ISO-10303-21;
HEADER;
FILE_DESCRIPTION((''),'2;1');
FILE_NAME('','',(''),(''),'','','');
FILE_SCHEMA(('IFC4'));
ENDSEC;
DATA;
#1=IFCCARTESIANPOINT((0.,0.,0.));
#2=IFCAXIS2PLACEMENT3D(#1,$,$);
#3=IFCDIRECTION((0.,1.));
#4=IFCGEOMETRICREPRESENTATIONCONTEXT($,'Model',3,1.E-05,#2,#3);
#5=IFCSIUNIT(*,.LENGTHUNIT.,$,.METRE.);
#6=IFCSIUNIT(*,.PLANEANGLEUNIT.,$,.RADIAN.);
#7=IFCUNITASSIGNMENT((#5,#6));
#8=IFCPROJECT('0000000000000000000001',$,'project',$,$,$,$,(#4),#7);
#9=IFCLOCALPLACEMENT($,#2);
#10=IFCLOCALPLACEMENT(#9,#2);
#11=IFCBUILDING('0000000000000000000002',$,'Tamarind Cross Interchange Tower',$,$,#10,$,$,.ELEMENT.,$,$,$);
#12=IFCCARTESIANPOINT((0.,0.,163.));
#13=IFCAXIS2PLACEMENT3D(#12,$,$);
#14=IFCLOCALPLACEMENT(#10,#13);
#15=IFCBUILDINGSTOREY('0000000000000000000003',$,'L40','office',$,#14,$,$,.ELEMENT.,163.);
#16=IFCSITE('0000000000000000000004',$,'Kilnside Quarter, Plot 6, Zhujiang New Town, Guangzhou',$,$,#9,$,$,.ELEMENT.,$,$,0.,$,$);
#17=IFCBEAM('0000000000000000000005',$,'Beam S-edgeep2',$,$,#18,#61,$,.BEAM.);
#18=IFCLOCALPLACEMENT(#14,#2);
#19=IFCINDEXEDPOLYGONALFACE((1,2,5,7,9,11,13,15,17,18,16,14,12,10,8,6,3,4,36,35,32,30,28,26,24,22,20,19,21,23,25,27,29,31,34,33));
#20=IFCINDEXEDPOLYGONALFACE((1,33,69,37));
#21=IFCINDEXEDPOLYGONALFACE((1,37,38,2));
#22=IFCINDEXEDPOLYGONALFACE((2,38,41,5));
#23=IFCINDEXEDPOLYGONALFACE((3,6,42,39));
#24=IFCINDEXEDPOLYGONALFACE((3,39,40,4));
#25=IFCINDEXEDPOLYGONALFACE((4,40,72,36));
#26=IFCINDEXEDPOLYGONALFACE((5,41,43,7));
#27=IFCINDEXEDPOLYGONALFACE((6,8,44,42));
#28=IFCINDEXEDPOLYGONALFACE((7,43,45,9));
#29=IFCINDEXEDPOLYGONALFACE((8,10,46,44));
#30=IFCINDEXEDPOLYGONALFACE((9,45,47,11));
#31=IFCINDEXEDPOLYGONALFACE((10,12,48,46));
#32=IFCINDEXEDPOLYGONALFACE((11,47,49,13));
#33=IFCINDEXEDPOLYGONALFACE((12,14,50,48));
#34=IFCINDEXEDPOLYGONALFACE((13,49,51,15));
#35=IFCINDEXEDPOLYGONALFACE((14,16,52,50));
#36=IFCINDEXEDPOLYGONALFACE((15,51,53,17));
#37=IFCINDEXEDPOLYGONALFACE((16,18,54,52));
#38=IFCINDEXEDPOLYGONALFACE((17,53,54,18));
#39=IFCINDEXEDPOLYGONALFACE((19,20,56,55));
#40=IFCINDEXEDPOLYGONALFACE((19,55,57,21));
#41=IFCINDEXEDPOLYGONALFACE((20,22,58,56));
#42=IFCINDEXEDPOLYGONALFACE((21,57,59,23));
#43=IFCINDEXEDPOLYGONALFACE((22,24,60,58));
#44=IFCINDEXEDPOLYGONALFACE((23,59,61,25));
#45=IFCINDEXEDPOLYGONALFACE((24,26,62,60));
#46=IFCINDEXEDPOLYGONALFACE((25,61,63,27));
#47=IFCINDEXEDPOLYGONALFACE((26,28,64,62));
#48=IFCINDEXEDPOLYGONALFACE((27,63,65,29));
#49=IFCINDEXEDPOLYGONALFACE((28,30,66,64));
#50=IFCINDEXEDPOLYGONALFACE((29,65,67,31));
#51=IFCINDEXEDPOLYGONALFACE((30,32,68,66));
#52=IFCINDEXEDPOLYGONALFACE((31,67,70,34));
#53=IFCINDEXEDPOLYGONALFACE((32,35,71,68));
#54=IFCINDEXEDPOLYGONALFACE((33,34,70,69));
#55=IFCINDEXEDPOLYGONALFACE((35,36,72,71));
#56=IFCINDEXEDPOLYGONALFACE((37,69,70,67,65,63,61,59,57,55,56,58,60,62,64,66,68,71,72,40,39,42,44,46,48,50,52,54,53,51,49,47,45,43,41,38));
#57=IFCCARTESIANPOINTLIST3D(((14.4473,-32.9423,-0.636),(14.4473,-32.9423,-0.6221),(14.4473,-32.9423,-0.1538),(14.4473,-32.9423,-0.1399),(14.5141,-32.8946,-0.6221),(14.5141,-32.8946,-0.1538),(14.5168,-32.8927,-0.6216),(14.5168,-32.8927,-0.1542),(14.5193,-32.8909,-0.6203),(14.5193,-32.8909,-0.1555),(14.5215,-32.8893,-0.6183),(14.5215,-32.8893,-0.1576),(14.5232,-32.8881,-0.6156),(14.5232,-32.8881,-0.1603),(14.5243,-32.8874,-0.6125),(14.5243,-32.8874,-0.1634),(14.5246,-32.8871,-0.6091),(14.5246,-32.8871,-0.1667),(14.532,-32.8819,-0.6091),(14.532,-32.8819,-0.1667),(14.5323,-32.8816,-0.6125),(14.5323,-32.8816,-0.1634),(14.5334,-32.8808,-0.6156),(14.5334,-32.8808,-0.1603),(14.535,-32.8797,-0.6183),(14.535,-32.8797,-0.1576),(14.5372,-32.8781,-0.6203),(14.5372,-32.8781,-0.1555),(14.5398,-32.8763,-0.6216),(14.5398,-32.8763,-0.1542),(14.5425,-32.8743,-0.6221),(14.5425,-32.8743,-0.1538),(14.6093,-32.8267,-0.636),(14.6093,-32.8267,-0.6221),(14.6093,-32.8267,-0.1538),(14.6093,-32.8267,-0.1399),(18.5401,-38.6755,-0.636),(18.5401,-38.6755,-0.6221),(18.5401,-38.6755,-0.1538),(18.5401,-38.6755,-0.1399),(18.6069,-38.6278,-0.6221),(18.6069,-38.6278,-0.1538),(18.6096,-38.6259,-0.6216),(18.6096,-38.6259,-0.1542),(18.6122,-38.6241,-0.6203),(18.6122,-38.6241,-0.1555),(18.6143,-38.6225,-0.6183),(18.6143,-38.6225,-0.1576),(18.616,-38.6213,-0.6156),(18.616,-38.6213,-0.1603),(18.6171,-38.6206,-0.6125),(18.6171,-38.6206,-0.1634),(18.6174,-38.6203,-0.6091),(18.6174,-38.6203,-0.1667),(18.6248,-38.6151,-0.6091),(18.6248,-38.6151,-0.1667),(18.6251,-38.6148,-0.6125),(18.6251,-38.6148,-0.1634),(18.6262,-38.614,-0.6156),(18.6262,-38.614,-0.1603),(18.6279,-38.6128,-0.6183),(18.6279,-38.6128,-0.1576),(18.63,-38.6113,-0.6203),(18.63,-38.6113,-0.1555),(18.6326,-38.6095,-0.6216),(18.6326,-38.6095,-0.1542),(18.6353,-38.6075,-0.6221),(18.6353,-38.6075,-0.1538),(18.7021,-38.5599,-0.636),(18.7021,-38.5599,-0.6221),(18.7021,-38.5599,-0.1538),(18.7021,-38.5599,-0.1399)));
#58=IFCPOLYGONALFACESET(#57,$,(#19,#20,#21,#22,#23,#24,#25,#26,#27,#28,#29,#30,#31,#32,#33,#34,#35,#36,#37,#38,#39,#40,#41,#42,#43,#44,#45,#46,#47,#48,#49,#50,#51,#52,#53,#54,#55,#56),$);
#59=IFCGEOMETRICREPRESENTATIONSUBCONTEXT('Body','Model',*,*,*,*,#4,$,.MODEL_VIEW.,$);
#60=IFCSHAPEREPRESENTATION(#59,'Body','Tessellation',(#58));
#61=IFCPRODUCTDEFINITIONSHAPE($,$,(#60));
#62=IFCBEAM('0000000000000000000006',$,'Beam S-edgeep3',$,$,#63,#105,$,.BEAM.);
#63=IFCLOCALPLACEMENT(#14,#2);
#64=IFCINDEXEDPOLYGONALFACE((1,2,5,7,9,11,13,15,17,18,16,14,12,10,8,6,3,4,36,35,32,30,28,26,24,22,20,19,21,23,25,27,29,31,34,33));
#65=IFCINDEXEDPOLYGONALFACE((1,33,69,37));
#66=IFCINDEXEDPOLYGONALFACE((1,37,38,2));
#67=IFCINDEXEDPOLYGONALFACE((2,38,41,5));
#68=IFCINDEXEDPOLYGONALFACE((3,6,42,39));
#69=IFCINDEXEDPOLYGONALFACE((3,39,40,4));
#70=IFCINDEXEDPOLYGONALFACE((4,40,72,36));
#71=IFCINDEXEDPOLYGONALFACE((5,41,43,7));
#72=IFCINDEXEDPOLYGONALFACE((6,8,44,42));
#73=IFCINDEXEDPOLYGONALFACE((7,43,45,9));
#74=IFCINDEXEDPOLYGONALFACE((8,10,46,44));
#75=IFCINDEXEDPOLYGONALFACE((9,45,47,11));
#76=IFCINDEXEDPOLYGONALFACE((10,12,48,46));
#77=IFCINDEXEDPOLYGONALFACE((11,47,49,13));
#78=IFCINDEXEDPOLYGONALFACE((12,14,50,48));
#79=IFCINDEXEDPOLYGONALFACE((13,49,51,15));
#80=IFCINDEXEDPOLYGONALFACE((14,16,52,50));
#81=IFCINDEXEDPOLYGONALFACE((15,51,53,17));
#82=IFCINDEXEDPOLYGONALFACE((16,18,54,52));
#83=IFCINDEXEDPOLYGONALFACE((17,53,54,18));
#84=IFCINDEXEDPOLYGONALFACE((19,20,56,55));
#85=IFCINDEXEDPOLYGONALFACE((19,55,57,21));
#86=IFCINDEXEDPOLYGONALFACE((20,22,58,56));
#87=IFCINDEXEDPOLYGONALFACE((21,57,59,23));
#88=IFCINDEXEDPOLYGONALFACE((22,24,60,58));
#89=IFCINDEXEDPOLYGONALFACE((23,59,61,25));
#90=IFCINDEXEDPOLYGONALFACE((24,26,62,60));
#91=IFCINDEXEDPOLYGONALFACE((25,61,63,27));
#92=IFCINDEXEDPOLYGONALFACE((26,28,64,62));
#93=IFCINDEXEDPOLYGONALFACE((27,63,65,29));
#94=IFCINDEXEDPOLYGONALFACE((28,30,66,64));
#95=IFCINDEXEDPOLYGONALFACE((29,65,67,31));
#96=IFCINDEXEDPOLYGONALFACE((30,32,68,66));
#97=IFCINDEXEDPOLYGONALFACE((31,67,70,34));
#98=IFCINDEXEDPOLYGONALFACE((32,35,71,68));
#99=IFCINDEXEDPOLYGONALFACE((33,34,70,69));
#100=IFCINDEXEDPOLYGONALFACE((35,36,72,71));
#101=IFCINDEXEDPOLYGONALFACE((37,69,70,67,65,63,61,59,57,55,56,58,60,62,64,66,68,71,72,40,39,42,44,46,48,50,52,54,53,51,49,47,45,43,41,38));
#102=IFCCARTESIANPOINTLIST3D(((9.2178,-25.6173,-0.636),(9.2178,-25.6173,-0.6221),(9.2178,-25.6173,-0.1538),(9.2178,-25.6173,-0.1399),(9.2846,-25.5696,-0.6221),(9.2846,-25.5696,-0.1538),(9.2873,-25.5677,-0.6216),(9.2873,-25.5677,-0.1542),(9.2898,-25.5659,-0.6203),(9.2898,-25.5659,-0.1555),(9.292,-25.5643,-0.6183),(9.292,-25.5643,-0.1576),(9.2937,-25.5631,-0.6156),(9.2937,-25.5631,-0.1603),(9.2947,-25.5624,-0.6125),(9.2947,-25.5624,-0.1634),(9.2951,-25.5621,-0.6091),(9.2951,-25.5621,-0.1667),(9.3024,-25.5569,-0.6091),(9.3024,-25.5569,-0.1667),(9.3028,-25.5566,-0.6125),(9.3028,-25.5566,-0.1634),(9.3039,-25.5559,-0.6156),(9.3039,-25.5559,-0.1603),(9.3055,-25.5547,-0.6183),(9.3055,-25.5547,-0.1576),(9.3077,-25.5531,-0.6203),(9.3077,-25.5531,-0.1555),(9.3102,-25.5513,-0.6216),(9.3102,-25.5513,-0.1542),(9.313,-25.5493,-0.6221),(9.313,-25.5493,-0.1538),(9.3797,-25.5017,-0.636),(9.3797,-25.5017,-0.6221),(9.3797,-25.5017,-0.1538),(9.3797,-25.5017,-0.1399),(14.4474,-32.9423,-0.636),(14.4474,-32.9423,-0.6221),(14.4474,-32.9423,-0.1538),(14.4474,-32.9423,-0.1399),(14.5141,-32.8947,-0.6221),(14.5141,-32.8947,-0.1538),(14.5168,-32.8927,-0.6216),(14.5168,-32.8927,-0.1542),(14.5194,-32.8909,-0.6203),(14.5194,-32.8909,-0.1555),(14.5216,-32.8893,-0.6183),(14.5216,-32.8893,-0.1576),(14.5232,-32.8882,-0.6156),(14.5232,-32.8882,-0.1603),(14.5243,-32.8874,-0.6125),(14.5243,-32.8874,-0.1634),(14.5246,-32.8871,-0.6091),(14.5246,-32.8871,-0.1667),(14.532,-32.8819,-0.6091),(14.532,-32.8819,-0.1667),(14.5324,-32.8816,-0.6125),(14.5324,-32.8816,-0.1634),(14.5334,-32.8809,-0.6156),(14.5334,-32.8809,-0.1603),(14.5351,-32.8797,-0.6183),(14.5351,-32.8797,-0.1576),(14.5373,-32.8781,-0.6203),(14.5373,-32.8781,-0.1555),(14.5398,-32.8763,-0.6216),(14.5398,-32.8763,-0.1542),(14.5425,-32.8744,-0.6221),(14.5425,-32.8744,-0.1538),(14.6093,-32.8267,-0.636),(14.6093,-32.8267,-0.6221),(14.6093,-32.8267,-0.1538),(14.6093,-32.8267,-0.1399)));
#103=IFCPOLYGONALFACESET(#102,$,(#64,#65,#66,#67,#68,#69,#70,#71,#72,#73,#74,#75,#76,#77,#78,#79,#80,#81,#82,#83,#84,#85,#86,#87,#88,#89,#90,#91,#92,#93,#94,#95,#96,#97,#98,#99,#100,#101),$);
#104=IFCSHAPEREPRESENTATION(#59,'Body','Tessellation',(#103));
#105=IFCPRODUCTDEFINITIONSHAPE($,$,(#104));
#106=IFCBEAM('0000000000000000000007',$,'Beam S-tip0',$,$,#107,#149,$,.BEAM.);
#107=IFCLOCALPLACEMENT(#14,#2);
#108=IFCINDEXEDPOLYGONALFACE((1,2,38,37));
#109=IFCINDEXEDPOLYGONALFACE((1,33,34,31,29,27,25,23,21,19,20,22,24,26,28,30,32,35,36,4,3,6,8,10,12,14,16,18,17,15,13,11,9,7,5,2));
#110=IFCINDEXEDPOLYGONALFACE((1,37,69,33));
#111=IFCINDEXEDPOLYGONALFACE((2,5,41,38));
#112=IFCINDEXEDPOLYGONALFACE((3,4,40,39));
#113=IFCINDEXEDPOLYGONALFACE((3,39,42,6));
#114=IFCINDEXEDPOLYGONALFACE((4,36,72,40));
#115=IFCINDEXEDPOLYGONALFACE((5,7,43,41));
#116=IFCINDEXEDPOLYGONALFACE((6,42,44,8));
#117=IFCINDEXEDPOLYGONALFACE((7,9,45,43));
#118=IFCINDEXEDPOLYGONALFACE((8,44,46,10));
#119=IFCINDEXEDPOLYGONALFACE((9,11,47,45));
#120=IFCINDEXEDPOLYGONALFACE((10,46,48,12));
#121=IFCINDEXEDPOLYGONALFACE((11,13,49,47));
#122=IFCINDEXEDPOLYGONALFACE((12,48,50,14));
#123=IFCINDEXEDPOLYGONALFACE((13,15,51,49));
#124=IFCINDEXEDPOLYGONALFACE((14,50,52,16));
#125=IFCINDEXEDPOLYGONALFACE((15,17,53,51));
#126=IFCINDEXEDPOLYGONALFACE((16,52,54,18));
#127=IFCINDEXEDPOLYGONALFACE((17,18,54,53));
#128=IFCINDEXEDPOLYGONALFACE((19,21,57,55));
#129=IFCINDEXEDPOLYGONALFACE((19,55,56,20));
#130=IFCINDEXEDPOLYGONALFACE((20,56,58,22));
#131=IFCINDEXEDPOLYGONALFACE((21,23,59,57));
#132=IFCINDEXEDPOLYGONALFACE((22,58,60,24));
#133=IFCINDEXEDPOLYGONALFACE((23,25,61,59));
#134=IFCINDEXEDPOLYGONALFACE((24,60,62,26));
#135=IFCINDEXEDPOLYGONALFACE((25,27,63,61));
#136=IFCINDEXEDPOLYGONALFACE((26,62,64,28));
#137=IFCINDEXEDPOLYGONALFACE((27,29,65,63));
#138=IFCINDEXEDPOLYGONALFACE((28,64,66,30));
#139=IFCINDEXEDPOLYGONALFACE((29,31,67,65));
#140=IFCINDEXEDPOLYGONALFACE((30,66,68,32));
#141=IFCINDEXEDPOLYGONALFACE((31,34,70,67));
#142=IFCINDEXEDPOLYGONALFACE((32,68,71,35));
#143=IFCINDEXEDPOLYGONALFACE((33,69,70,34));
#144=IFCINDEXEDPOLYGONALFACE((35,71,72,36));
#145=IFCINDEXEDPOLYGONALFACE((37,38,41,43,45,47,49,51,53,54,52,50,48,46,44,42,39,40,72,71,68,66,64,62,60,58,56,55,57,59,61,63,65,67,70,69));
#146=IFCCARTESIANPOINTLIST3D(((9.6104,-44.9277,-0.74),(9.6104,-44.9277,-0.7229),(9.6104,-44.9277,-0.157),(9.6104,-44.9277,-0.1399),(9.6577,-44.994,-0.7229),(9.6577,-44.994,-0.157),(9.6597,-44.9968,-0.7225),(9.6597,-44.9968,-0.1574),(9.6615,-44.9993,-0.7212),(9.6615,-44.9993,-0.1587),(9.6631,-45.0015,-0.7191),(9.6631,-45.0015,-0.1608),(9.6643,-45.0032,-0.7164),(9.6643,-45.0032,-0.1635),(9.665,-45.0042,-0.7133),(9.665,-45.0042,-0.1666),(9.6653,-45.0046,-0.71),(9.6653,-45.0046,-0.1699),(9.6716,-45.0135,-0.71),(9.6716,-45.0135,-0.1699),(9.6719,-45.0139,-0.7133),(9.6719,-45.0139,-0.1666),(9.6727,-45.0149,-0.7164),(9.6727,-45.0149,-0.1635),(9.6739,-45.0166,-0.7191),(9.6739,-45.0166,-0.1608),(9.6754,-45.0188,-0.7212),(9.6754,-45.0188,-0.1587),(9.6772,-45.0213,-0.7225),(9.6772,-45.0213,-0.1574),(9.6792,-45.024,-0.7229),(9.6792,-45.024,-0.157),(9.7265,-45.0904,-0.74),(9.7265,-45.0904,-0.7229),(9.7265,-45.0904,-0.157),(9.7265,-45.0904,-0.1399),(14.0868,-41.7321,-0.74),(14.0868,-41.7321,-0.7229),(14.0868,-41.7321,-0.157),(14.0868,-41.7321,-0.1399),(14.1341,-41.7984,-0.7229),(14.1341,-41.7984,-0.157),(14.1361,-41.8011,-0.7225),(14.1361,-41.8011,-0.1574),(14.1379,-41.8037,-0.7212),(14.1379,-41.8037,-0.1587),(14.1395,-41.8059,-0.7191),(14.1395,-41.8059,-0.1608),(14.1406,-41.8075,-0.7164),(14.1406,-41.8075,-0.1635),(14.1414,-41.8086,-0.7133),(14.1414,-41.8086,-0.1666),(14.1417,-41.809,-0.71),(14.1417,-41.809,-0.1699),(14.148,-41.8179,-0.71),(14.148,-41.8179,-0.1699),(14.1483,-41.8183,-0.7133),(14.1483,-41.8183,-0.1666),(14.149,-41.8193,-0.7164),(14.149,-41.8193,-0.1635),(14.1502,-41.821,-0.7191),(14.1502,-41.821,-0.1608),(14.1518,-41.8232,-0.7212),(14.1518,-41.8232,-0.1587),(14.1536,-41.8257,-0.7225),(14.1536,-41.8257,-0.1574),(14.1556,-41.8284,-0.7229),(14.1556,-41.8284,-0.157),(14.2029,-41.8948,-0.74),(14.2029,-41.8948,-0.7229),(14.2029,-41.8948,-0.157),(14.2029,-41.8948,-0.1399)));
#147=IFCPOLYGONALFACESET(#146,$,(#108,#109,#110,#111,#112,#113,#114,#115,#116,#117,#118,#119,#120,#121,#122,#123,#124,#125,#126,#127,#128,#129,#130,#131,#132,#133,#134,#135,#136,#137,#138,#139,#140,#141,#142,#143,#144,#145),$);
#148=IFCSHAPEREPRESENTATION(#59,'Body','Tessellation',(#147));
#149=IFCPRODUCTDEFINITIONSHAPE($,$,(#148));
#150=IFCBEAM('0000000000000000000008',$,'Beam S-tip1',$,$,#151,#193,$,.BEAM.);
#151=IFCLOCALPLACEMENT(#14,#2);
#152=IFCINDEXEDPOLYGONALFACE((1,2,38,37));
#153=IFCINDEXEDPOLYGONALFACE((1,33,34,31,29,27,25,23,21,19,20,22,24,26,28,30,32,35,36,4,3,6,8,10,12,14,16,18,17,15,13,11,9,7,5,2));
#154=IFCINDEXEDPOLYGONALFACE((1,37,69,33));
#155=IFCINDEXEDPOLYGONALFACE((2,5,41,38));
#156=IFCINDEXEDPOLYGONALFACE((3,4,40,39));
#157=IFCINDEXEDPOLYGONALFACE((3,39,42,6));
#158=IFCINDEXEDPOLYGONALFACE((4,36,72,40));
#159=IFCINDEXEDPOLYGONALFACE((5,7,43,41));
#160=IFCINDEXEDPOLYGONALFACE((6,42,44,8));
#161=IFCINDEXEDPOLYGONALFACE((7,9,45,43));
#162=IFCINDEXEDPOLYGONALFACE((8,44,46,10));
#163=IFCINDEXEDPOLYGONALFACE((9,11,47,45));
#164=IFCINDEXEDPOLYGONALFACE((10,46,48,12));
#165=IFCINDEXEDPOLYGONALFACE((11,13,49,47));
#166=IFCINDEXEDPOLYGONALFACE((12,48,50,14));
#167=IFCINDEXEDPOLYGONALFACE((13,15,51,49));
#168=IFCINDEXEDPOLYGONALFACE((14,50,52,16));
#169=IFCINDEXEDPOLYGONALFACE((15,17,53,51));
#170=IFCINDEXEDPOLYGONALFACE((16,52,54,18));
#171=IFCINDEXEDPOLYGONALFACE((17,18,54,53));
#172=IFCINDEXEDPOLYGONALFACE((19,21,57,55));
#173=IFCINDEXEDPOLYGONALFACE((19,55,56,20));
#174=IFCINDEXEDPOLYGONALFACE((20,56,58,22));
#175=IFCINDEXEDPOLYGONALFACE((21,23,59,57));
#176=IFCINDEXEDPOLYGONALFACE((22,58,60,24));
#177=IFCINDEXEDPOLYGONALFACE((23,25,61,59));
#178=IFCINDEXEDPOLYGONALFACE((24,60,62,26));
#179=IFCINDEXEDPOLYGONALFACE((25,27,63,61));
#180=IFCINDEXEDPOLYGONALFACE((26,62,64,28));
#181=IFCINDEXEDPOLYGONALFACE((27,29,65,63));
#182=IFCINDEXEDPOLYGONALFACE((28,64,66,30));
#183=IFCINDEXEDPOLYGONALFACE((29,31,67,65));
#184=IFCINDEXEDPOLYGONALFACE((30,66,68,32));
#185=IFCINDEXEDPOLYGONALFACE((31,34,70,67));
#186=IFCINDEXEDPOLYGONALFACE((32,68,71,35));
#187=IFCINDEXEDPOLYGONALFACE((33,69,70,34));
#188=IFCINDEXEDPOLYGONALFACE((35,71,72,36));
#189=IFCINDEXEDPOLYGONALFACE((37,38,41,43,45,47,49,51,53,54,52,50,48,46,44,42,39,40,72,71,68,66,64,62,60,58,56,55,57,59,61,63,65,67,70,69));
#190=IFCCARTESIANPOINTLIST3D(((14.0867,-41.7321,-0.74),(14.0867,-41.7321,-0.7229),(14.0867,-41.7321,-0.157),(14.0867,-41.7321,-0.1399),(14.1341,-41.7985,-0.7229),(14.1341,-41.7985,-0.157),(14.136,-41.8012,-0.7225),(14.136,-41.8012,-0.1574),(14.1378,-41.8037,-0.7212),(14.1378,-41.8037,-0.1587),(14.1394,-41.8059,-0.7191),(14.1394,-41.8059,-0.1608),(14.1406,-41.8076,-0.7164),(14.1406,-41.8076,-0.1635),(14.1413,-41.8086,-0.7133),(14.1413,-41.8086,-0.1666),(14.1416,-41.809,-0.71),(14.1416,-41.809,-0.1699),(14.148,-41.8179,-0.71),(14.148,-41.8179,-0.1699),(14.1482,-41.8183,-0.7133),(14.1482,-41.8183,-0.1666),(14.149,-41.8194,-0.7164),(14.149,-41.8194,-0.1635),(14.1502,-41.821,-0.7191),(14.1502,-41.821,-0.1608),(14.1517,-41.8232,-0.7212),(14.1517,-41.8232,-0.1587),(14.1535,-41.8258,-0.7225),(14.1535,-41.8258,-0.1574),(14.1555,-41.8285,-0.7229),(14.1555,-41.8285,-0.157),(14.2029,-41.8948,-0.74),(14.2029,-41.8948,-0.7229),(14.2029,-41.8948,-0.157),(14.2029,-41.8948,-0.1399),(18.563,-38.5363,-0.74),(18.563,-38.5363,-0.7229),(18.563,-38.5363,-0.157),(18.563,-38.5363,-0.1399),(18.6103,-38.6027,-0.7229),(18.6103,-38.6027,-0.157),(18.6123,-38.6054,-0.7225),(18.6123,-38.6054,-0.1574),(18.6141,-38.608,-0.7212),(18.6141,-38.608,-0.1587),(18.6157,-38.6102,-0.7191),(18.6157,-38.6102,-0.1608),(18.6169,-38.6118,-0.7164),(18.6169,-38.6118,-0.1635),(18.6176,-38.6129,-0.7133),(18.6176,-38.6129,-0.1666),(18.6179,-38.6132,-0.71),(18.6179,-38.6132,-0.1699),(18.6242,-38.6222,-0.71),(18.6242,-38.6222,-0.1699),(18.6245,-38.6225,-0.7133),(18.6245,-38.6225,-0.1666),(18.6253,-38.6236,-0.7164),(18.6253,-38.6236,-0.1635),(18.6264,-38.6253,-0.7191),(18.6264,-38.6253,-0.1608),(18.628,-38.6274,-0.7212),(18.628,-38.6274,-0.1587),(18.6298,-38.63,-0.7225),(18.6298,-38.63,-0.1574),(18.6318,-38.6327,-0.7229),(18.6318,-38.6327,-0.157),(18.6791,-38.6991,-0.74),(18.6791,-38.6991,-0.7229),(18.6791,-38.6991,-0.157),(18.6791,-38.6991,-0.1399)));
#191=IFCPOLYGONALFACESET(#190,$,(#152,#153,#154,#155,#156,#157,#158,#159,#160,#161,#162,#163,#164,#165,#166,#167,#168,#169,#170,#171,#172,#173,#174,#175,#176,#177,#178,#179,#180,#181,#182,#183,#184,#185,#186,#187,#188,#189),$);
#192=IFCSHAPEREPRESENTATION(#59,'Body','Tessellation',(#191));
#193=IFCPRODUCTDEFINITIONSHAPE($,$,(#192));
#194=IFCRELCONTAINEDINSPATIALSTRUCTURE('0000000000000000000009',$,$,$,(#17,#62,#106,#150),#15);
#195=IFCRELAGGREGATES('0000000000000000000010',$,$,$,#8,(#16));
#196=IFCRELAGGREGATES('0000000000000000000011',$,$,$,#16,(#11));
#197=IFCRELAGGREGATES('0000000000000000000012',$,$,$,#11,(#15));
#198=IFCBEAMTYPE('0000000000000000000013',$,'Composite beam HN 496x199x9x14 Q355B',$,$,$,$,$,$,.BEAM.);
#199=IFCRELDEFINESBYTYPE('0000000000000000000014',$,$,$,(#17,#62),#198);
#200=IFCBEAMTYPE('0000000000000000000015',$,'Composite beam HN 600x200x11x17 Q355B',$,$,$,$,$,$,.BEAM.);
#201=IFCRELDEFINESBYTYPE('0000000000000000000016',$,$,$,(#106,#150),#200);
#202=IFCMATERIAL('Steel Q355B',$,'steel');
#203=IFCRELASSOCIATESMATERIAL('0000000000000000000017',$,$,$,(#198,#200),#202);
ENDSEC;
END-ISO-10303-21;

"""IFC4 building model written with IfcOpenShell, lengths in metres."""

from ifc_helpers import new_model, si_unit, direction, frame, origin, origin_2d, place, context, subcontext, project, spatial, i_section, extrude, material, material_profile, profile_set, type_object, element, save


model = new_model("IFC4")

# Units and contexts
model_context = context("Model", 3, precision=1e-05, world=origin(), true_north=direction((0.0, 1.0)))
body_context = subcontext(model_context, "Body", "Model", "MODEL_VIEW")
ifc_project = project(units=[si_unit("LENGTHUNIT", "METRE"), si_unit("PLANEANGLEUNIT", "RADIAN")], contexts=[model_context])

# Site, building, storey
site_placement = place(None, origin())
site = spatial("IfcSite", under=ifc_project, at=site_placement, Name="Kilnside Quarter, Plot 6, Zhujiang New Town, Guangzhou", CompositionType="ELEMENT", RefElevation=0.0)
building_placement = place(site_placement, origin())
building = spatial("IfcBuilding", under=site, at=building_placement, Name="Tamarind Cross Interchange Tower", CompositionType="ELEMENT")
storey_placement = place(building_placement, frame((0.0, 0.0, 163.0)))
storey = spatial("IfcBuildingStorey", under=building, at=storey_placement, Name="L40", Description="office", CompositionType="ELEMENT", Elevation=163.0)

# Beams
ifc_material_1 = material(Name="Steel Q355B", Category="steel")
ifc_material_profile_1 = material_profile(ifc_material_1, i_section(OverallWidth=0.199, OverallDepth=0.4961, WebThickness=0.009, FlangeThickness=0.0139, FilletRadius=0.0129, at=origin_2d()), Name="HN 496x199x9x14")
ifc_profile_set_1 = profile_set([ifc_material_profile_1], Name="Steel Q355B")
beam_type_1 = type_object("IfcBeamType", Name="Composite beam HN 496x199x9x14 Q355B", PredefinedType="BEAM", material=ifc_profile_set_1)
beam_1_placement = place(storey_placement, frame((18.6211, -38.6177, -0.3879), z_axis=(-0.581019, 0.81389, 0.0), x_axis=(-0.81389, -0.581019, 0.0)))
element("IfcBeam", 1, at=beam_1_placement, inside=storey, type_object=beam_type_1, Name="Beam S-edgeep2", PredefinedType="BEAM", context=body_context, shape_type="SweptSolid", body=[
    extrude(i_section(OverallWidth=0.199, OverallDepth=0.4961, WebThickness=0.009, FlangeThickness=0.0139, FilletRadius=0.0129, at=origin_2d()), origin(), (0.0, 0.0, 1.0), 7.0442),
])
beam_2_placement = place(storey_placement, frame((14.5283, -32.8845, -0.3879), z_axis=(-0.581046, 0.813871, 0.0), x_axis=(-0.813871, -0.581046, 0.0)))
element("IfcBeam", 2, at=beam_2_placement, inside=storey, type_object=beam_type_1, Name="Beam S-edgeep3", PredefinedType="BEAM", context=body_context, shape_type="SweptSolid", body=[
    extrude(i_section(OverallWidth=0.199, OverallDepth=0.4961, WebThickness=0.009, FlangeThickness=0.0139, FilletRadius=0.0129, at=origin_2d()), origin(), (0.0, 0.0, 1.0), 9.0002),
])
ifc_material_profile_2 = material_profile(ifc_material_1, i_section(OverallWidth=0.2, OverallDepth=0.6001, WebThickness=0.011, FlangeThickness=0.0171, FilletRadius=0.0129, at=origin_2d()), Name="HN 600x200x11x17")
ifc_profile_set_2 = profile_set([ifc_material_profile_2], Name="Steel Q355B")
beam_type_2 = type_object("IfcBeamType", Name="Composite beam HN 600x200x11x17 Q355B", PredefinedType="BEAM", material=ifc_profile_set_2)
for number, where, z_axis, x_axis, name in (
    (3, (9.6685, -45.009, -0.4399), (0.813889, 0.58102, 0.0), (-0.58102, 0.813889, 0.0), "Beam S-tip0"),
    (4, (14.1448, -41.8135, -0.4399), (0.813868, 0.581049, 0.0), (-0.581049, 0.813868, 0.0), "Beam S-tip1"),
):
    element("IfcBeam", number, at=place(storey_placement, frame(where, z_axis=z_axis, x_axis=x_axis)), inside=storey, type_object=beam_type_2, Name=name, PredefinedType="BEAM", context=body_context, shape_type="SweptSolid", body=[
        extrude(i_section(OverallWidth=0.2, OverallDepth=0.6001, WebThickness=0.011, FlangeThickness=0.0171, FilletRadius=0.0129, at=origin_2d()), origin(), (0.0, 0.0, 1.0), 5.5),
    ])

save(model, "model.ifc")
